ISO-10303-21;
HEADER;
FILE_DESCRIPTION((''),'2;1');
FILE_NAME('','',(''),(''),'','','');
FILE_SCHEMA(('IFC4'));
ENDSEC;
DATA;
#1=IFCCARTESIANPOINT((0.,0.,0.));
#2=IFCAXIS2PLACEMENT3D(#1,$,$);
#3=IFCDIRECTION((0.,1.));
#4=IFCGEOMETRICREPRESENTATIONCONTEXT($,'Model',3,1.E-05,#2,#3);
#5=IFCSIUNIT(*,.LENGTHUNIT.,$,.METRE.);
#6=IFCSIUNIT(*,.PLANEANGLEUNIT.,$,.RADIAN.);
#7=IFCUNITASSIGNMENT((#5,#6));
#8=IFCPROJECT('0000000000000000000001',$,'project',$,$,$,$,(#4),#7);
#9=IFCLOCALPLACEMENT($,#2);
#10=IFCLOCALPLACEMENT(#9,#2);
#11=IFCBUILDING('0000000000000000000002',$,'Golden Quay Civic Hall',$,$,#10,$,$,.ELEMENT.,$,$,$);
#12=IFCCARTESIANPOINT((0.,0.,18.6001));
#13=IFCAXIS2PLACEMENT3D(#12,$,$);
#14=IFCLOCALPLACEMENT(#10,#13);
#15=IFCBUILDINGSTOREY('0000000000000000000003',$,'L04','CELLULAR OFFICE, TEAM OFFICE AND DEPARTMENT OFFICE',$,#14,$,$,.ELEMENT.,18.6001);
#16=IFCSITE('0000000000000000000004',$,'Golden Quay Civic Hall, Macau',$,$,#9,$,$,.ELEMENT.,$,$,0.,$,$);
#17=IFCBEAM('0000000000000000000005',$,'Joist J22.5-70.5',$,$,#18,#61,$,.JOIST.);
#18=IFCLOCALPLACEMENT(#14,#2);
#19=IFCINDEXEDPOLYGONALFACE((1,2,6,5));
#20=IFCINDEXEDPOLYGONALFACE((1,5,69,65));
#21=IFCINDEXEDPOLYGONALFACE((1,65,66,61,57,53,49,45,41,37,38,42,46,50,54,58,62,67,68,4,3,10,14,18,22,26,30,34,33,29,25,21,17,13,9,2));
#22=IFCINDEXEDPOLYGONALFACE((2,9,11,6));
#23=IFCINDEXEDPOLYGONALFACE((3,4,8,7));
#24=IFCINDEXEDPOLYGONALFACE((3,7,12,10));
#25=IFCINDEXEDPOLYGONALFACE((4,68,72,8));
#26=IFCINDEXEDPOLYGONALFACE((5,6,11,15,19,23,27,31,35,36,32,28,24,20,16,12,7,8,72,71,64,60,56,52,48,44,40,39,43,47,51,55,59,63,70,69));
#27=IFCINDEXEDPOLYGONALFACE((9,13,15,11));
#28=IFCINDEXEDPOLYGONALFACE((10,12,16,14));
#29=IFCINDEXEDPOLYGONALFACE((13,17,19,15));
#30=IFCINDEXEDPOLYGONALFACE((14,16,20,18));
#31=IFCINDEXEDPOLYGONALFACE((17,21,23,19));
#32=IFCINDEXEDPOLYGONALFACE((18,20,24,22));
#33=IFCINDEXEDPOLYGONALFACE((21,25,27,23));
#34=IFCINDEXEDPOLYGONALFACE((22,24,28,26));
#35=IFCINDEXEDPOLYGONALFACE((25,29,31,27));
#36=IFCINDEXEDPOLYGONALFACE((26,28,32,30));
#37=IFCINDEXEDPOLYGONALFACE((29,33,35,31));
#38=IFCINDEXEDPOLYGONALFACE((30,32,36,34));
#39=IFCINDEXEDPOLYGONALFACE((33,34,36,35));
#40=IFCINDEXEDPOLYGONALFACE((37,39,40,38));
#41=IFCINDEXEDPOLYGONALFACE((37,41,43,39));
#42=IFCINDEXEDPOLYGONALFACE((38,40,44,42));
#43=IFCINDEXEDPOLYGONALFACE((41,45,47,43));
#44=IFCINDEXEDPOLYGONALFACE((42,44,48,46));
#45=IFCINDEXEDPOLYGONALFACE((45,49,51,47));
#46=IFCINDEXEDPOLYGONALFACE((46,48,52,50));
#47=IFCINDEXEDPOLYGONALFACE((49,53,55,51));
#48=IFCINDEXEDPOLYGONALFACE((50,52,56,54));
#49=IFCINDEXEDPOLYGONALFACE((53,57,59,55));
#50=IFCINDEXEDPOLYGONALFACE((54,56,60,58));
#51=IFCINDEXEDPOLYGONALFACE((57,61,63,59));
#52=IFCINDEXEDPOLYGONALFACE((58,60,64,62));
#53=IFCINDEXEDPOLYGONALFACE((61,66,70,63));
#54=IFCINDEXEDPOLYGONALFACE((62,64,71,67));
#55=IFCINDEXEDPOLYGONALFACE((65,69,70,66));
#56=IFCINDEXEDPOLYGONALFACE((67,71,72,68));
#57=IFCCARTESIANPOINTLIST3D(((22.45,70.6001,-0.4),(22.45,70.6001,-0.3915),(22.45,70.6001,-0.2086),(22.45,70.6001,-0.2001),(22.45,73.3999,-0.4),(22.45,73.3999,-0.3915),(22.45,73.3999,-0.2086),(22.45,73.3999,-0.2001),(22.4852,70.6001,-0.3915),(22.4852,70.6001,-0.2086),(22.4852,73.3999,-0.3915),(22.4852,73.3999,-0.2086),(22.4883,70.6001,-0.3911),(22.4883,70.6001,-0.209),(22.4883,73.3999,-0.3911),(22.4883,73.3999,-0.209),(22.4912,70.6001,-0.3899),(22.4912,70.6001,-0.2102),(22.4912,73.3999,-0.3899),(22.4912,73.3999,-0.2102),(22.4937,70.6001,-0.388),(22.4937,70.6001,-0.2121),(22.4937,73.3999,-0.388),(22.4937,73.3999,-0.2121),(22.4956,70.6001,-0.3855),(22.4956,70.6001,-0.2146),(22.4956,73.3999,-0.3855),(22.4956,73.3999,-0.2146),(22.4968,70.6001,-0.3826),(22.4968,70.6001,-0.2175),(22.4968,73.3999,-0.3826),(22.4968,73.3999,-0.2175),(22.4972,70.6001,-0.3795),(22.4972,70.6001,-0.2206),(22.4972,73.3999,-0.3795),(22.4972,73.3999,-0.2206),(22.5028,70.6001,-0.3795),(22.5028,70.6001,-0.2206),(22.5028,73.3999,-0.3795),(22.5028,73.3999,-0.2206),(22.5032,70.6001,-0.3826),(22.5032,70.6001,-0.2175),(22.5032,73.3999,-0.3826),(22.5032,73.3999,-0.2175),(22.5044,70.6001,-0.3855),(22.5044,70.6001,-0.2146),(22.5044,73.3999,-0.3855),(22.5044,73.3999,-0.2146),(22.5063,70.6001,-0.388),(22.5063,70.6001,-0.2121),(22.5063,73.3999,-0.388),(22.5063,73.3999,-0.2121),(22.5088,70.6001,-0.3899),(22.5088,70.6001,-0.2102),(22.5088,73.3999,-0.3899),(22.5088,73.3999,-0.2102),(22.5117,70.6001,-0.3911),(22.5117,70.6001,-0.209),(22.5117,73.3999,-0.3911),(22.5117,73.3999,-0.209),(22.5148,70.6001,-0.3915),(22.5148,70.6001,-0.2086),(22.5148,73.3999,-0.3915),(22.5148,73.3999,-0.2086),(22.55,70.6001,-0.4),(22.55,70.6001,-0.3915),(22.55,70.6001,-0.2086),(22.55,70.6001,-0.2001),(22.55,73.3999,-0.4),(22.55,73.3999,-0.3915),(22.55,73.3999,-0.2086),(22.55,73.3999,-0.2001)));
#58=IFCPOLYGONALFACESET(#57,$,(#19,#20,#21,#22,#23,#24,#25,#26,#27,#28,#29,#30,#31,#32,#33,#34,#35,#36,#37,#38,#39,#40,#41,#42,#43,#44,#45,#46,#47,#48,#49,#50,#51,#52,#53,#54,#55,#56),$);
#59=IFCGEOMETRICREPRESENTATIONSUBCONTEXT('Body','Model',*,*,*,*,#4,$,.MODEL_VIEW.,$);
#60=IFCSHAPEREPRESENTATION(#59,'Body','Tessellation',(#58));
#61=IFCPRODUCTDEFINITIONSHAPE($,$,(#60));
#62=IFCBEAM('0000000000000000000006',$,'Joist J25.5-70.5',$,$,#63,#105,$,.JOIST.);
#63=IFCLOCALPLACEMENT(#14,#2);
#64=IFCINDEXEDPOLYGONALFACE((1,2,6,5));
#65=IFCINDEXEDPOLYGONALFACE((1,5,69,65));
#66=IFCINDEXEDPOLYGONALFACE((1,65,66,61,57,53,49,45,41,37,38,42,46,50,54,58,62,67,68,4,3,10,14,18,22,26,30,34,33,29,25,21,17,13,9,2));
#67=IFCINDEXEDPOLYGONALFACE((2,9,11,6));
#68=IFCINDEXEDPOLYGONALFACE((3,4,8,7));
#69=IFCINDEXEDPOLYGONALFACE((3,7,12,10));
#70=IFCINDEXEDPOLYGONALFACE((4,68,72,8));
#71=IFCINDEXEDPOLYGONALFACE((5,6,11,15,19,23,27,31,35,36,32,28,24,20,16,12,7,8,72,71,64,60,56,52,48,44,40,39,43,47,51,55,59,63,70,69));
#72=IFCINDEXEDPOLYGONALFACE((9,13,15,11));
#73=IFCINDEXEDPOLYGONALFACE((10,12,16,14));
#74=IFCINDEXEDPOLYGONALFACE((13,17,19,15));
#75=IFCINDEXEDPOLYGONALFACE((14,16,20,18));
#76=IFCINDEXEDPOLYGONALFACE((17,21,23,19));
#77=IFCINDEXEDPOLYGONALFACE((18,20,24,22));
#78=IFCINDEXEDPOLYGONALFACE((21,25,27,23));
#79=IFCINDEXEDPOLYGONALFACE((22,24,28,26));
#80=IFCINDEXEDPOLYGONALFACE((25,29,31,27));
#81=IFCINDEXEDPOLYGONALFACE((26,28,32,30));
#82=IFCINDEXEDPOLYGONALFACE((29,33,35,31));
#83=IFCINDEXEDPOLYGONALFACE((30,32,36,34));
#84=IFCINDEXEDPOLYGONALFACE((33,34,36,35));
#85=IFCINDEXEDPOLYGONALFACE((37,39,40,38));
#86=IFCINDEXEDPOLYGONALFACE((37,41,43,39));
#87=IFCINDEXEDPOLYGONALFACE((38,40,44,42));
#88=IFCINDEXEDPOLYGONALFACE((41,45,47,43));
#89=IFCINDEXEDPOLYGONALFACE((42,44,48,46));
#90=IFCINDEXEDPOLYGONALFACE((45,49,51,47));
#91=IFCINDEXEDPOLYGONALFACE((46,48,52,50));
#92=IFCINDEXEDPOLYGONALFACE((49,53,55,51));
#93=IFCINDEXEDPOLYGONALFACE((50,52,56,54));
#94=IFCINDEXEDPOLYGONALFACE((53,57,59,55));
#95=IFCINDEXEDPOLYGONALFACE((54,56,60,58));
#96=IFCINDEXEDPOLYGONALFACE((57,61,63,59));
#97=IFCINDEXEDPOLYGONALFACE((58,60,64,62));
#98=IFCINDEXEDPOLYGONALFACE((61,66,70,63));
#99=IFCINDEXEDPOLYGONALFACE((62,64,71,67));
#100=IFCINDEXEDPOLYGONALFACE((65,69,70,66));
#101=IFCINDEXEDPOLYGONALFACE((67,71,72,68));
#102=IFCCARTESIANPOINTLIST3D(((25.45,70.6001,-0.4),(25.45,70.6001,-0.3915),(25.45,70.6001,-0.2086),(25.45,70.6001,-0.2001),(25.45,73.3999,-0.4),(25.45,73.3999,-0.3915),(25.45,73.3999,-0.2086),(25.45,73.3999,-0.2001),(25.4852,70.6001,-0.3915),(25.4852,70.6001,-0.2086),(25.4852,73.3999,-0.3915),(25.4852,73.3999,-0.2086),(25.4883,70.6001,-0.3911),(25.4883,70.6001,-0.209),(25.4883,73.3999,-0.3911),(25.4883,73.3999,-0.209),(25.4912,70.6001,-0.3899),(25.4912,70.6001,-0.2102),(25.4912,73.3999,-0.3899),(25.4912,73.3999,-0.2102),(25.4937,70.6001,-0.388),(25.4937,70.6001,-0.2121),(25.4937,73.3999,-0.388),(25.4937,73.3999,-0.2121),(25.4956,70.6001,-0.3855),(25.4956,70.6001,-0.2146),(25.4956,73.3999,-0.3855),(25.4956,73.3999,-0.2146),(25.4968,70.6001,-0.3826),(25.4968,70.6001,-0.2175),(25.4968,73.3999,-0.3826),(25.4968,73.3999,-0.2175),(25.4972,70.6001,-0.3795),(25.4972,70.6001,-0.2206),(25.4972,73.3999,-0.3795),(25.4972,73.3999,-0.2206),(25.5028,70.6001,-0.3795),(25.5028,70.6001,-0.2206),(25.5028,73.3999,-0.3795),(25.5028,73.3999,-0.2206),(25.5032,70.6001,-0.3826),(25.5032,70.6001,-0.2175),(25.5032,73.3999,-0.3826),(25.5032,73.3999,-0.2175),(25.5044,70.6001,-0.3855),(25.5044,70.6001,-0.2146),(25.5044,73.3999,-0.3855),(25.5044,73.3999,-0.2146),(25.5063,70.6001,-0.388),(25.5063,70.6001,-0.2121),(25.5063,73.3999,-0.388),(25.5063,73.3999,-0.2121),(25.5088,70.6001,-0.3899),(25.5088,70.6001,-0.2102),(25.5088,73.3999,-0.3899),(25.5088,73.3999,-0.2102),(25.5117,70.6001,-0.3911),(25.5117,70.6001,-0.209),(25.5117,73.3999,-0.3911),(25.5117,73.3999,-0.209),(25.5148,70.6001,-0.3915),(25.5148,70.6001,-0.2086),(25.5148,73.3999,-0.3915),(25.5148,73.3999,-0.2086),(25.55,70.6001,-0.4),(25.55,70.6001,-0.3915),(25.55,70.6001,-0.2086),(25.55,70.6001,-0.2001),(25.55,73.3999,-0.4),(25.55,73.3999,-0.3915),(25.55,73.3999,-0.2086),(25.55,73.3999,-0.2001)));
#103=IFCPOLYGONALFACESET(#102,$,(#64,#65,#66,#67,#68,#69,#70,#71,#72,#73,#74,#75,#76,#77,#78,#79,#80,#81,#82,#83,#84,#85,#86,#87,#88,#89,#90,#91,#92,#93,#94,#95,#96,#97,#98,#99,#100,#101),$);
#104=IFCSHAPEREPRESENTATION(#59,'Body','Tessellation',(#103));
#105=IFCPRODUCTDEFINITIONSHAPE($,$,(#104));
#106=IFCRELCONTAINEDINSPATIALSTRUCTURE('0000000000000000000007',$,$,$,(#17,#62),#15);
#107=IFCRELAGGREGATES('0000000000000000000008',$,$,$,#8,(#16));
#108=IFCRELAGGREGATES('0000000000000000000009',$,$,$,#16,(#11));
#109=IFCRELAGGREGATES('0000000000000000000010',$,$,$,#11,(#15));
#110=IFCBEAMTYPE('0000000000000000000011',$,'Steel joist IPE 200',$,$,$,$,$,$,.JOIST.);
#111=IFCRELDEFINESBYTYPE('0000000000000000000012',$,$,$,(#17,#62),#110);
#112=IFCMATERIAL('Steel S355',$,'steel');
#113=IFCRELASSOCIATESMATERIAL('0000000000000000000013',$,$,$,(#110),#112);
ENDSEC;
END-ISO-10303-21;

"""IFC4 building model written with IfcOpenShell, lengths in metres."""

from ifc_helpers import new_model, si_unit, direction, frame, origin, origin_2d, place, context, subcontext, project, spatial, i_section, extrude, material, material_profile, profile_set, type_object, element, save


model = new_model("IFC4")

# Units and contexts
model_context = context("Model", 3, precision=1e-05, world=origin(), true_north=direction((0.0, 1.0)))
body_context = subcontext(model_context, "Body", "Model", "MODEL_VIEW")
ifc_project = project(units=[si_unit("LENGTHUNIT", "METRE"), si_unit("PLANEANGLEUNIT", "RADIAN")], contexts=[model_context])

# Site, building, storey
site_placement = place(None, origin())
site = spatial("IfcSite", under=ifc_project, at=site_placement, Name="Golden Quay Civic Hall, Macau", CompositionType="ELEMENT", RefElevation=0.0)
building_placement = place(site_placement, origin())
building = spatial("IfcBuilding", under=site, at=building_placement, Name="Golden Quay Civic Hall", CompositionType="ELEMENT")
storey_placement = place(building_placement, frame((0.0, 0.0, 18.6001)))
storey = spatial("IfcBuildingStorey", under=building, at=storey_placement, Name="L04", Description="CELLULAR OFFICE, TEAM OFFICE AND DEPARTMENT OFFICE", CompositionType="ELEMENT", Elevation=18.6001)

# Beams
ifc_material_1 = material(Name="Steel S355", Category="steel")
ifc_material_profile_1 = material_profile(ifc_material_1, i_section(OverallWidth=0.1001, OverallDepth=0.2, WebThickness=0.0056, FlangeThickness=0.0085, FilletRadius=0.012, at=origin_2d()), Name="IPE 200")
ifc_profile_set_1 = profile_set([ifc_material_profile_1], Name="Steel S355")
beam_type_1 = type_object("IfcBeamType", Name="Steel joist IPE 200", PredefinedType="JOIST", material=ifc_profile_set_1)
for number, where, z_axis, x_axis, name in (
    (1, (22.5, 70.6001, -0.3), (0.0, 1.0, 0.0), (-1.0, 0.0, 0.0), "Joist J22.5-70.5"),
    (2, (25.5, 70.6001, -0.3), (0.0, 1.0, 0.0), (-1.0, 0.0, 0.0), "Joist J25.5-70.5"),
):
    element("IfcBeam", number, at=place(storey_placement, frame(where, z_axis=z_axis, x_axis=x_axis)), inside=storey, type_object=beam_type_1, Name=name, PredefinedType="JOIST", context=body_context, shape_type="SweptSolid", body=[
        extrude(i_section(OverallWidth=0.1001, OverallDepth=0.2, WebThickness=0.0056, FlangeThickness=0.0085, FilletRadius=0.012, at=origin_2d()), origin(), (0.0, 0.0, 1.0), 2.7998),
    ])

save(model, "model.ifc")
